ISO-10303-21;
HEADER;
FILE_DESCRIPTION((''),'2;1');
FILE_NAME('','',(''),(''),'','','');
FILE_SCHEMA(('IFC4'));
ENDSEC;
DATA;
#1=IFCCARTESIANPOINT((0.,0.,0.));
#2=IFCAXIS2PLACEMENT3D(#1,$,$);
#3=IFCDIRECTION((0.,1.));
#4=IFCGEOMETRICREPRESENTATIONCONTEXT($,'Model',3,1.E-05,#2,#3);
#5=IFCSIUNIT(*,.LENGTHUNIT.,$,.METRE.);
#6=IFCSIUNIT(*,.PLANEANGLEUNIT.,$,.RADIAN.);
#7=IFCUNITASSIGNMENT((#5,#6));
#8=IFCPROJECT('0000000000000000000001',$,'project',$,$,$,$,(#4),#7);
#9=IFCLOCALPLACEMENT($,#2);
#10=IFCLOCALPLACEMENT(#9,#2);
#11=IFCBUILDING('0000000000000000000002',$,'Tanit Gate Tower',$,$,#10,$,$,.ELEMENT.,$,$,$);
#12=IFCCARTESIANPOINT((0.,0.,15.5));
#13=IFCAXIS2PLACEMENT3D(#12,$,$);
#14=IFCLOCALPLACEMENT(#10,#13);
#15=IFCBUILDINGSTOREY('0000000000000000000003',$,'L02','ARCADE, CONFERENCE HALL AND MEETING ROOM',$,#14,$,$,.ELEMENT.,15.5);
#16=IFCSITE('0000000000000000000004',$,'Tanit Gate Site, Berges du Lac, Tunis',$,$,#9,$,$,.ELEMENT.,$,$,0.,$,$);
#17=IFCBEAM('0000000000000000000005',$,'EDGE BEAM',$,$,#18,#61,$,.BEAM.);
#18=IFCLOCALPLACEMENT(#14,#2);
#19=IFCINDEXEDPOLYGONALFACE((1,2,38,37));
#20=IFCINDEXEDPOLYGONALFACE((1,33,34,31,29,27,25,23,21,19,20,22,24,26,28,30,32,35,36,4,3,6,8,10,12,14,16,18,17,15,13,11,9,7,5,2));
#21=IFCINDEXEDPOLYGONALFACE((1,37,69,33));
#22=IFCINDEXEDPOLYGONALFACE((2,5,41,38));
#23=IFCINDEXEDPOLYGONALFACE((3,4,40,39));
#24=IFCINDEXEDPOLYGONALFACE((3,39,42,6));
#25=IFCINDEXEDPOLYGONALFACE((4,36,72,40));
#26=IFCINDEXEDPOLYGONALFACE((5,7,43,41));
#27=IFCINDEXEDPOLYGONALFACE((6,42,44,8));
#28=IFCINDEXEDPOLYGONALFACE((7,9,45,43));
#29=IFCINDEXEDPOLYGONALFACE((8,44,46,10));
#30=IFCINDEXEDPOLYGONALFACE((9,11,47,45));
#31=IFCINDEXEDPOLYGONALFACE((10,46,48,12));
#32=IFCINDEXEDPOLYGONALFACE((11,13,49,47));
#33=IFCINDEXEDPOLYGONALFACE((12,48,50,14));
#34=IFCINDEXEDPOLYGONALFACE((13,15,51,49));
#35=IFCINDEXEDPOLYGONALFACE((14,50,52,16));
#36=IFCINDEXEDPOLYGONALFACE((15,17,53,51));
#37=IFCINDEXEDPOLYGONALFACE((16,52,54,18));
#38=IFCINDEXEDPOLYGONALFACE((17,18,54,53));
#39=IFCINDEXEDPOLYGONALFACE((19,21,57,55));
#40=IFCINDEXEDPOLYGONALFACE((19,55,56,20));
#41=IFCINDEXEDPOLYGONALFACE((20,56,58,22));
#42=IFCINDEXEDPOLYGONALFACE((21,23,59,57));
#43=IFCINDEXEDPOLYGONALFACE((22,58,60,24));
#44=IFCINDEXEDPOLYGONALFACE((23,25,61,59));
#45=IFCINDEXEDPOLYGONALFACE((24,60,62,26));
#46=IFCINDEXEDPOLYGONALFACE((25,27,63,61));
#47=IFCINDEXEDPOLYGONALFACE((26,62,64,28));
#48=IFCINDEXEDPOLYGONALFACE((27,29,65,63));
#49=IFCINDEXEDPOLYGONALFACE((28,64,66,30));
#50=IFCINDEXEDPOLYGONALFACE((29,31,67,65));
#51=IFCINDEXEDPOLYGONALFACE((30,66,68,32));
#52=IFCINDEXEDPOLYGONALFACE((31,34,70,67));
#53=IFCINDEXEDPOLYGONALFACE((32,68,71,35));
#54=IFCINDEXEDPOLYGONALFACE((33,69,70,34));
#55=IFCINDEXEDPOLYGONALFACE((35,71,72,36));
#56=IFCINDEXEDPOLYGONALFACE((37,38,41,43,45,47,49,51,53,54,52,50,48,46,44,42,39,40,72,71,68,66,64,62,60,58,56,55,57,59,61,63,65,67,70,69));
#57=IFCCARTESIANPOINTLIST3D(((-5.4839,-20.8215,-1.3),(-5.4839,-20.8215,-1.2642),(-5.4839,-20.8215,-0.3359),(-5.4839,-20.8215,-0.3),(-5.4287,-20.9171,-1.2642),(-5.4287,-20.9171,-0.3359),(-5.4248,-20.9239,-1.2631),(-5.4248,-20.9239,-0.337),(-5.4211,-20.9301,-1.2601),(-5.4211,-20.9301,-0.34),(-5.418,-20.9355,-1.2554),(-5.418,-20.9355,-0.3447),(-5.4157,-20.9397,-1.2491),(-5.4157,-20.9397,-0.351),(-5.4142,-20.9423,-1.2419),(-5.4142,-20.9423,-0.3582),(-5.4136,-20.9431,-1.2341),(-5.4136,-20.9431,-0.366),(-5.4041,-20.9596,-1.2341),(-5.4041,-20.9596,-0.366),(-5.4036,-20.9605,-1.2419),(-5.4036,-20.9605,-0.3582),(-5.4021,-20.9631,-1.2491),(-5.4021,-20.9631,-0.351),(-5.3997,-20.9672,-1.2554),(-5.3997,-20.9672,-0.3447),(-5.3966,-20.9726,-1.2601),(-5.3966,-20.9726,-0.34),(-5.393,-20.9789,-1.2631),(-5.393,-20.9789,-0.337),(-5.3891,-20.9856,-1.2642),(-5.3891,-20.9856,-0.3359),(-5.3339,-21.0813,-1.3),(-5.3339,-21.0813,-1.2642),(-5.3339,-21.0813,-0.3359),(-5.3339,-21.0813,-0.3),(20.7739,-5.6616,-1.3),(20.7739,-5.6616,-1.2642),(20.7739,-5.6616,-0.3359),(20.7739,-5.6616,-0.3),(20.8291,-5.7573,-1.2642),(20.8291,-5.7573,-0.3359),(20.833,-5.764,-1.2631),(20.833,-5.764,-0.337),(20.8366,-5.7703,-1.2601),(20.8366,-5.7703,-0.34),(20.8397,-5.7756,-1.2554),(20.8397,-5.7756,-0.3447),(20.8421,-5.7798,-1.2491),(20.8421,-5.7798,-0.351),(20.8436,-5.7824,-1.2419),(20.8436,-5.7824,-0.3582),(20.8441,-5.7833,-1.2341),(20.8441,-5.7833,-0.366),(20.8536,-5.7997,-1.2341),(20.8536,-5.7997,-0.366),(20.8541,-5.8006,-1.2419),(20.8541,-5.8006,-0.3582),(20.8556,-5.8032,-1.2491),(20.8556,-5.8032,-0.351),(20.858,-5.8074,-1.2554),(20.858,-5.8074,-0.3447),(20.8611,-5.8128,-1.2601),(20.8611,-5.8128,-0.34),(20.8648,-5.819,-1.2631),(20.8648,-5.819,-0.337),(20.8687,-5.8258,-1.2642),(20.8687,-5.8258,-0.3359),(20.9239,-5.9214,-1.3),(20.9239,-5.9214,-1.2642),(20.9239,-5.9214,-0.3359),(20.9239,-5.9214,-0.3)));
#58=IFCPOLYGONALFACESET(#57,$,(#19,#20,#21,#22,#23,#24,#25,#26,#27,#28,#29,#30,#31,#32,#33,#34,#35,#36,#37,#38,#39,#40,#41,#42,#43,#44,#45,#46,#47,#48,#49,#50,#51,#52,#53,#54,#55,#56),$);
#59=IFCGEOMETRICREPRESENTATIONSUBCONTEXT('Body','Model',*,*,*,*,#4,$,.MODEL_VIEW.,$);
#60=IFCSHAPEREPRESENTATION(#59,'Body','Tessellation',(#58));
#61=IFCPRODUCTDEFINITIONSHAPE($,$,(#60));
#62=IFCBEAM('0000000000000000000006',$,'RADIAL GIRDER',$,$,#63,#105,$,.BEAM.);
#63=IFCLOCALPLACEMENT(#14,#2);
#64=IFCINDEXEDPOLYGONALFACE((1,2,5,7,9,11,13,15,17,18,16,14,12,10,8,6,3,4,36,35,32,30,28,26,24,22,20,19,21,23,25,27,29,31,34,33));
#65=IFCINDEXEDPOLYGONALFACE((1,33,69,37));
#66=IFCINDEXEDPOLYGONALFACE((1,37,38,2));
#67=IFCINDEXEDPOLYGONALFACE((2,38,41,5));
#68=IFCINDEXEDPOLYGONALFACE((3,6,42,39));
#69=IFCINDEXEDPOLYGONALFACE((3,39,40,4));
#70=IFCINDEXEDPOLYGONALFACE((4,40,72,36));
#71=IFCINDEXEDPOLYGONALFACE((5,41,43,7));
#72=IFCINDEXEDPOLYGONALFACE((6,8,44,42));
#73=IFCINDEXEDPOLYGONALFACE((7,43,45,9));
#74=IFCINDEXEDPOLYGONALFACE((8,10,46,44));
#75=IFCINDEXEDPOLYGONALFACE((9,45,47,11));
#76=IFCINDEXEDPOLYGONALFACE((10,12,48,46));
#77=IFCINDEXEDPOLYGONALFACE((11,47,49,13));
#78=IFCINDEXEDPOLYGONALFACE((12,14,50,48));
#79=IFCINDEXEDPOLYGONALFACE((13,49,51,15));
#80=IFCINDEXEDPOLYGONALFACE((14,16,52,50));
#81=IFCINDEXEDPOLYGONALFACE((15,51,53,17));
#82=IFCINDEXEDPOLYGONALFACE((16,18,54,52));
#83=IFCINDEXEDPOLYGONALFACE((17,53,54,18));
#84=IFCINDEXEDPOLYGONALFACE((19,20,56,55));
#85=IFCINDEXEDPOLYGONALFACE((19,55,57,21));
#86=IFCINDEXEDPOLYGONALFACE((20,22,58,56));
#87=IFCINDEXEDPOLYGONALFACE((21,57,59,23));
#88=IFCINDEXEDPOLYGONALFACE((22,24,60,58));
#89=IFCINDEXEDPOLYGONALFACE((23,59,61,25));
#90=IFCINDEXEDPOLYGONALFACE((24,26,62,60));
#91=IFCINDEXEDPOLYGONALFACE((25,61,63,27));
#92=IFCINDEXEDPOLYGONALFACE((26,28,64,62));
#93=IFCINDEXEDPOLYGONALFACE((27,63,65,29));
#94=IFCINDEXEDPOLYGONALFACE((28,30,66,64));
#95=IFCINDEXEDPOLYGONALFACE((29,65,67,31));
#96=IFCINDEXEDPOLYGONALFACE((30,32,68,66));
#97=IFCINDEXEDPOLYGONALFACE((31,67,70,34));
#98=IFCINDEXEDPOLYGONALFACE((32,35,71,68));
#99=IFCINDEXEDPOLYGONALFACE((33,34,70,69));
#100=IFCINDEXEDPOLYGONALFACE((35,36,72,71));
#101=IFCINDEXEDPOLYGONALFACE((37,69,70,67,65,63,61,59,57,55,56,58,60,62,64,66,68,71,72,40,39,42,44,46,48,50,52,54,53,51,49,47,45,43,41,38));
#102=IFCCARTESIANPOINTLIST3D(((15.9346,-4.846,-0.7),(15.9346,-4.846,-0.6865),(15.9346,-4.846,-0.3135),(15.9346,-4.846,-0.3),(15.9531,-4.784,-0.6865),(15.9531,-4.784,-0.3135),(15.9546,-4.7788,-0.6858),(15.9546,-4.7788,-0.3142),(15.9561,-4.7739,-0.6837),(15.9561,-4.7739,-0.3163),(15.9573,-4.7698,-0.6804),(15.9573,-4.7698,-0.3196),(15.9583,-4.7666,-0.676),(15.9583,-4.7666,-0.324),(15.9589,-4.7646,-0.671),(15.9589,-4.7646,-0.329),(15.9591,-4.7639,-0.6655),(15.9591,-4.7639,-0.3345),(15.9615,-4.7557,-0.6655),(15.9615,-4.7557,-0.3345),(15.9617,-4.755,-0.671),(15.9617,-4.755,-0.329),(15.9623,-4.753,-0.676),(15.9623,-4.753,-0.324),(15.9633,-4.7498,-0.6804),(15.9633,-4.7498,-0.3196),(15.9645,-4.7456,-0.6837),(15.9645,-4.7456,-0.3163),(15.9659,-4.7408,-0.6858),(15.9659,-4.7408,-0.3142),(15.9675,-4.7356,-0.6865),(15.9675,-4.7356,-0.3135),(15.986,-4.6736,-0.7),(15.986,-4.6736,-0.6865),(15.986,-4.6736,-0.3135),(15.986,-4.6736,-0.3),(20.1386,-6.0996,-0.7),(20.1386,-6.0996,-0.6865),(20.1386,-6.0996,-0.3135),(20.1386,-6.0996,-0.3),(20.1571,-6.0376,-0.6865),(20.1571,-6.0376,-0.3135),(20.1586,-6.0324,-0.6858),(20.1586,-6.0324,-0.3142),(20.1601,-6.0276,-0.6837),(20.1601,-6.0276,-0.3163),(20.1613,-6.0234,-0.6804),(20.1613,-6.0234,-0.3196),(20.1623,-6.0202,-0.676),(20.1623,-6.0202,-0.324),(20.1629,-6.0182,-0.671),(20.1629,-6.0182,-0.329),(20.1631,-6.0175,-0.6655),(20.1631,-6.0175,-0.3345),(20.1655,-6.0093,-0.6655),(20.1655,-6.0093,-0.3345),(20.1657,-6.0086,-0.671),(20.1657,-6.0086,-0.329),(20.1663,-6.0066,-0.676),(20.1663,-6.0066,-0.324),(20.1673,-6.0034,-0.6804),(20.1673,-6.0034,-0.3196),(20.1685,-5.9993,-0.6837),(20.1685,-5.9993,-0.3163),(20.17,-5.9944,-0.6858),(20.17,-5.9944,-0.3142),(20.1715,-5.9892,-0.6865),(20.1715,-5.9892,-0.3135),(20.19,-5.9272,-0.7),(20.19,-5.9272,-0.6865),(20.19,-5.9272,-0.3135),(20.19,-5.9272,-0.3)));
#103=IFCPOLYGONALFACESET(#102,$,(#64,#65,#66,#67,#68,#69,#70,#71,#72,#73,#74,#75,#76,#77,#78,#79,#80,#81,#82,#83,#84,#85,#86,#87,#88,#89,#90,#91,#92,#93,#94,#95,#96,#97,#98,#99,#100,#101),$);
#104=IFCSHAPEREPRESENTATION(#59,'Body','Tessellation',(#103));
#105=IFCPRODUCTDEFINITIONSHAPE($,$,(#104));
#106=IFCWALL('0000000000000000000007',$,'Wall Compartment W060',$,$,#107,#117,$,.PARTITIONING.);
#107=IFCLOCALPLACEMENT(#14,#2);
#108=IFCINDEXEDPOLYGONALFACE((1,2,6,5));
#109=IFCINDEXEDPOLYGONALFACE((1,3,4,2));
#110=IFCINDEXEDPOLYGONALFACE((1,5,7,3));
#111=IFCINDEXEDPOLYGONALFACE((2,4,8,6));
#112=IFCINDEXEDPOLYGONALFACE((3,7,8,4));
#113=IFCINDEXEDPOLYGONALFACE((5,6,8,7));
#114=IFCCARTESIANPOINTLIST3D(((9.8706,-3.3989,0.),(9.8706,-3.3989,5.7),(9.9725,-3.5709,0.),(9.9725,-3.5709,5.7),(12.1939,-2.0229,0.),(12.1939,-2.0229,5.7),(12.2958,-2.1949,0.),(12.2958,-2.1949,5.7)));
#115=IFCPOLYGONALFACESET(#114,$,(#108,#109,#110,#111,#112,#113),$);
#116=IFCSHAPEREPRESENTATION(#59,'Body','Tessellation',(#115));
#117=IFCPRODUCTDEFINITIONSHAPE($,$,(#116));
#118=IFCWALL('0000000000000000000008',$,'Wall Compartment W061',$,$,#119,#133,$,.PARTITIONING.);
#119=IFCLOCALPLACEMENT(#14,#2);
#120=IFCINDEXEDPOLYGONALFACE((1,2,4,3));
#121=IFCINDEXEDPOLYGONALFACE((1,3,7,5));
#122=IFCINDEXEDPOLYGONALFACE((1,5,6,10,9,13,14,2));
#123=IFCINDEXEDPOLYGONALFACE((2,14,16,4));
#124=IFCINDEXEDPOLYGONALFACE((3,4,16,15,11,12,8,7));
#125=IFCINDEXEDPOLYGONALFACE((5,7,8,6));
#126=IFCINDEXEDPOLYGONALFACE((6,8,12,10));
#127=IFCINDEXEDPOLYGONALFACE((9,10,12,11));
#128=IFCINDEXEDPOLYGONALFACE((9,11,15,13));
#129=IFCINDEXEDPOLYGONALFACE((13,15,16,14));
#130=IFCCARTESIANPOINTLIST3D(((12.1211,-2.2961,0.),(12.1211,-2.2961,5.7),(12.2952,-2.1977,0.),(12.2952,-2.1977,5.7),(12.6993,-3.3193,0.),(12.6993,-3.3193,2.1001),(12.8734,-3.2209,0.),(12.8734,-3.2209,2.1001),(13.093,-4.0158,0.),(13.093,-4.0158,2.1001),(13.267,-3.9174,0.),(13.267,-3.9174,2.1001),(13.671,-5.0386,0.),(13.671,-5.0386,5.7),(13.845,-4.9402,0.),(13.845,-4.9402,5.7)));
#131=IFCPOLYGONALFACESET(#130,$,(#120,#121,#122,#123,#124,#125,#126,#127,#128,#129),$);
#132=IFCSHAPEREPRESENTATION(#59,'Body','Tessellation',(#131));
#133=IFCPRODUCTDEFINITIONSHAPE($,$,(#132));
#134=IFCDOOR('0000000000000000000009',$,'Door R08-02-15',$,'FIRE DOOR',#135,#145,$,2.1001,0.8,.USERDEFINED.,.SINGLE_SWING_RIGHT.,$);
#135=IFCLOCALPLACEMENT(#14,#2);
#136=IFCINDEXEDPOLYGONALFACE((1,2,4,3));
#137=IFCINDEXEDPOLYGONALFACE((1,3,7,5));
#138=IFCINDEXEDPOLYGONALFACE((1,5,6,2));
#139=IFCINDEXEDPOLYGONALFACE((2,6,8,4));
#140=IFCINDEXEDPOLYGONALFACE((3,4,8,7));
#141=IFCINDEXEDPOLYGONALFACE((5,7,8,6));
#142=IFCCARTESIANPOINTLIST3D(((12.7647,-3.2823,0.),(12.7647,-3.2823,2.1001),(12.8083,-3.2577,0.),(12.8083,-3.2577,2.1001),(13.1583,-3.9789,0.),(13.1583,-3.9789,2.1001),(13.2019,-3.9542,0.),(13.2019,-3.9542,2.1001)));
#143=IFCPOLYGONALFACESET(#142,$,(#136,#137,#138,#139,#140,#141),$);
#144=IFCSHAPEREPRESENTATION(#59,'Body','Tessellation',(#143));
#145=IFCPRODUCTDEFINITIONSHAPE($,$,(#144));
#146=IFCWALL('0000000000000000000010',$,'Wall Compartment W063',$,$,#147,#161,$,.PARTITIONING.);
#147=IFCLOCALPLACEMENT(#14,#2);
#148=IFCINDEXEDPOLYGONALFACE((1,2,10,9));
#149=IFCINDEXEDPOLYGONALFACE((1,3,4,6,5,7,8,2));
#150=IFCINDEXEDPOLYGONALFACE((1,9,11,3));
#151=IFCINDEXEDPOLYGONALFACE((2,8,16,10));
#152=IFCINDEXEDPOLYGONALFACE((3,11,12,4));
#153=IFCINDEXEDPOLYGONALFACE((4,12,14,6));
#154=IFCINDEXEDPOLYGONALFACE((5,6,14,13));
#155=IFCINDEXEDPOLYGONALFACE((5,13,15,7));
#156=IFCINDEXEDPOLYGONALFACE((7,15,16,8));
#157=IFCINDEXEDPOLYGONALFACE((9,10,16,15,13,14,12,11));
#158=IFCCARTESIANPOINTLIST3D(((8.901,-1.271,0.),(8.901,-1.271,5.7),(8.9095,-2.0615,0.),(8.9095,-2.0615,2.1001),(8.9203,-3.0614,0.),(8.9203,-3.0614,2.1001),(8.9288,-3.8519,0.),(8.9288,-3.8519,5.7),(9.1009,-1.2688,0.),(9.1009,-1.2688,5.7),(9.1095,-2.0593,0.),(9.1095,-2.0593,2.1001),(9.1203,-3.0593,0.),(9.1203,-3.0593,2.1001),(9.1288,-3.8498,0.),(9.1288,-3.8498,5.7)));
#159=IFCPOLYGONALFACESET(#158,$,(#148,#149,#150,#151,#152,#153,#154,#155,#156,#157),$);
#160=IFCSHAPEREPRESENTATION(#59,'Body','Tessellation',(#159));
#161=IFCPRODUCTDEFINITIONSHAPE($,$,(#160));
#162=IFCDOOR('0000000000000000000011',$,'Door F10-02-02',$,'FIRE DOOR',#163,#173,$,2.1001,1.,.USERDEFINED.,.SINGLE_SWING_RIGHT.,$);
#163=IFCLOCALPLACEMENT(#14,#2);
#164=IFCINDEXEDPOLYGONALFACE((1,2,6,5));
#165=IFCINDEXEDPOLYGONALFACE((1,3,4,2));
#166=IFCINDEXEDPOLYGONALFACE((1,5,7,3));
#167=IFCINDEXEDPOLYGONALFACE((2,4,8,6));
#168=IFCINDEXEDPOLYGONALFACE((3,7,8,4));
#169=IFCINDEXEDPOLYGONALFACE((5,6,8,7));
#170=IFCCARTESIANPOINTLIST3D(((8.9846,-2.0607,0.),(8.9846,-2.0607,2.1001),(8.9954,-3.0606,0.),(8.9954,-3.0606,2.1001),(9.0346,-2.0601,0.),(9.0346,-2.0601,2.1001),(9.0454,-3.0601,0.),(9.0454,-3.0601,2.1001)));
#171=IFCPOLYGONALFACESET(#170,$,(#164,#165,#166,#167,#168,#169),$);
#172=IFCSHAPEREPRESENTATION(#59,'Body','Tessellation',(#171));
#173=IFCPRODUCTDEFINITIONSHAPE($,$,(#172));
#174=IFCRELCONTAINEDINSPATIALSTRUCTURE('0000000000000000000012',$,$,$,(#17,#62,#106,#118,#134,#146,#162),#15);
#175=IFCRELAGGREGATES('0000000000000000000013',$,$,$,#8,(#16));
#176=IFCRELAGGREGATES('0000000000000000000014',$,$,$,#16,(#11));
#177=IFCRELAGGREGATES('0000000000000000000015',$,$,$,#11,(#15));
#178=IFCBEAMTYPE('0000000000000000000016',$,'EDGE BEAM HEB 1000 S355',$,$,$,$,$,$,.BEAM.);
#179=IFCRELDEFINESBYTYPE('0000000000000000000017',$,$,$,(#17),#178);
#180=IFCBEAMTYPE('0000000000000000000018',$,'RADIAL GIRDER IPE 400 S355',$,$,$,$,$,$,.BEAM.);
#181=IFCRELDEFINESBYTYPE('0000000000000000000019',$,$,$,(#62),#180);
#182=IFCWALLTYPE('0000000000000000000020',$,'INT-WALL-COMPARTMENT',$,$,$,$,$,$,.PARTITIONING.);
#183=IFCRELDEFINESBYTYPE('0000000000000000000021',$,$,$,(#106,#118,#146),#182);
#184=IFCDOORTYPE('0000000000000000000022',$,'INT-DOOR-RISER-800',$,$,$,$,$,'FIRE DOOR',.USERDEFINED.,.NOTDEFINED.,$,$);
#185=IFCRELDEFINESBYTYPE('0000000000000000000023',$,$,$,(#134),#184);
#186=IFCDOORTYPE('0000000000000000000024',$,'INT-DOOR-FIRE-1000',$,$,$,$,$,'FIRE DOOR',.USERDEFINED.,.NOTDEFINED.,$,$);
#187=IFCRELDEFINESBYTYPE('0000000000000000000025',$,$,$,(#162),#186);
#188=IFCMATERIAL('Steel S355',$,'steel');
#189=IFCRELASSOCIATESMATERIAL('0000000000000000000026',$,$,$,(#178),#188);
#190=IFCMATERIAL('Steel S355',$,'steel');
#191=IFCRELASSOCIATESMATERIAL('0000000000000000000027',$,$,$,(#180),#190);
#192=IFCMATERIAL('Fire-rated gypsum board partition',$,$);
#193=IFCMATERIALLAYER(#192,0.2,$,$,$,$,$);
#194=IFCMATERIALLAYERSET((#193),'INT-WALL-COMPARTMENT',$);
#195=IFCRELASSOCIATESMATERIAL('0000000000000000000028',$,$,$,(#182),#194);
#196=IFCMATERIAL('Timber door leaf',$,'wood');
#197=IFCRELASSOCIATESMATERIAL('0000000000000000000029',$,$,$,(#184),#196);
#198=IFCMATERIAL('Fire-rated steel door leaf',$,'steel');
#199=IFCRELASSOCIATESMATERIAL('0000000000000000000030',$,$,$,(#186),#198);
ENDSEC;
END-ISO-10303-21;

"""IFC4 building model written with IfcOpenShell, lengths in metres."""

from ifc_helpers import new_model, si_unit, direction, frame, frame_2d, origin, origin_2d, place, context, subcontext, project, spatial, rectangle, i_section, extrude, material, layer, layer_set, material_profile, profile_set, type_object, element, fill, save


model = new_model("IFC4")

# Units and contexts
model_context = context("Model", 3, precision=1e-05, world=origin(), true_north=direction((0.0, 1.0)))
body_context = subcontext(model_context, "Body", "Model", "MODEL_VIEW")
ifc_project = project(units=[si_unit("LENGTHUNIT", "METRE"), si_unit("PLANEANGLEUNIT", "RADIAN")], contexts=[model_context])

# Site, building, storey
site_placement = place(None, origin())
site = spatial("IfcSite", under=ifc_project, at=site_placement, Name="Tanit Gate Site, Berges du Lac, Tunis", CompositionType="ELEMENT", RefElevation=0.0)
building_placement = place(site_placement, origin())
building = spatial("IfcBuilding", under=site, at=building_placement, Name="Tanit Gate Tower", CompositionType="ELEMENT")
storey_placement = place(building_placement, frame((0.0, 0.0, 15.5)))
storey = spatial("IfcBuildingStorey", under=building, at=storey_placement, Name="L02", Description="ARCADE, CONFERENCE HALL AND MEETING ROOM", CompositionType="ELEMENT", Elevation=15.5)

# Beams
ifc_material_1 = material(Name="Steel S355", Category="steel")
ifc_material_profile_1 = material_profile(ifc_material_1, i_section(OverallWidth=0.3, OverallDepth=1.0, WebThickness=0.019, FlangeThickness=0.0359, FilletRadius=0.03, at=origin_2d()), Name="HEB 1000")
ifc_profile_set_1 = profile_set([ifc_material_profile_1], Name="Steel S355")
beam_type_1 = type_object("IfcBeamType", Name="EDGE BEAM HEB 1000 S355", PredefinedType="BEAM", material=ifc_profile_set_1)
beam_1_placement = place(storey_placement, frame((20.8489, -5.7915, -0.8), z_axis=(-0.866026, -0.499999, 0.0), x_axis=(0.499999, -0.866026, 0.0)))
element("IfcBeam", 1, at=beam_1_placement, inside=storey, type_object=beam_type_1, Name="EDGE BEAM", PredefinedType="BEAM", context=body_context, shape_type="SweptSolid", body=[
    extrude(i_section(OverallWidth=0.3, OverallDepth=1.0, WebThickness=0.019, FlangeThickness=0.0359, FilletRadius=0.03, at=origin_2d()), origin(), (0.0, 0.0, 1.0), 30.3198),
])
ifc_material_2 = material(Name="Steel S355", Category="steel")
ifc_material_profile_2 = material_profile(ifc_material_2, i_section(OverallWidth=0.1799, OverallDepth=0.3999, WebThickness=0.0085, FlangeThickness=0.0134, FilletRadius=0.021, at=origin_2d()), Name="IPE 400")
ifc_profile_set_2 = profile_set([ifc_material_profile_2], Name="Steel S355")
beam_type_2 = type_object("IfcBeamType", Name="RADIAL GIRDER IPE 400 S355", PredefinedType="BEAM", material=ifc_profile_set_2)
beam_2_placement = place(storey_placement, frame((20.1643, -6.0134, -0.5), z_axis=(-0.9583, 0.285765, 0.0), x_axis=(-0.285765, -0.9583, 0.0)))
element("IfcBeam", 2, at=beam_2_placement, inside=storey, type_object=beam_type_2, Name="RADIAL GIRDER", PredefinedType="BEAM", context=body_context, shape_type="SweptSolid", body=[
    extrude(i_section(OverallWidth=0.1799, OverallDepth=0.3999, WebThickness=0.0085, FlangeThickness=0.0134, FilletRadius=0.021, at=origin_2d()), origin(), (0.0, 0.0, 1.0), 4.387),
])

# Wall
ifc_material_3 = material(Name="Fire-rated gypsum board partition")
ifc_layer_1 = layer(ifc_material_3, 0.2)
ifc_layer_set_1 = layer_set([ifc_layer_1], Name="INT-WALL-COMPARTMENT")
wall_type_1 = type_object("IfcWallType", Name="INT-WALL-COMPARTMENT", PredefinedType="PARTITIONING", material=ifc_layer_set_1)
wall_1_placement = place(storey_placement, frame((12.2449, -2.1089, 0.0), z_axis=(0.0, 0.0, 1.0), x_axis=(-0.860415, -0.509594, 0.0)))
element("IfcWall", 3, at=wall_1_placement, inside=storey, type_object=wall_type_1, Name="Wall Compartment W060", PredefinedType="PARTITIONING", context=body_context, shape_type="SweptSolid", body=[
    extrude(rectangle(XDim=2.7002, YDim=0.2, at=frame_2d((1.3501, 0.0))), origin(), (0.0, 0.0, 1.0), 5.7),
])

# Walls, openings, doors
wall_2_placement = place(storey_placement, frame((13.7581, -4.9895, 0.0), z_axis=(0.0, 0.0, 1.0), x_axis=(-0.491993, 0.870599, 0.0)))
wall_2 = element("IfcWall", 4, at=wall_2_placement, inside=storey, type_object=wall_type_1, Name="Wall Compartment W061", PredefinedType="PARTITIONING", context=body_context, shape_type="SweptSolid", body=[
    extrude(rectangle(XDim=3.1501, YDim=0.2, at=frame_2d((1.5752, 0.0))), origin(), (0.0, 0.0, 1.0), 5.7),
])
opening_1_placement = place(wall_2_placement, frame((1.175, 0.0, 0.0)))
opening_1 = element("IfcOpeningElement", 5, at=opening_1_placement, cuts=wall_2, PredefinedType="OPENING", context=body_context, shape_type="SweptSolid", body=[
    extrude(rectangle(XDim=0.8, YDim=2.1001, at=frame_2d((0.3999, 1.05))), frame((0.0, 0.1099, 0.0), z_axis=(0.0, -1.0, 0.0), x_axis=(1.0, 0.0, 0.0)), (0.0, 0.0, 1.0), 0.22),
])
ifc_material_4 = material(Name="Timber door leaf", Category="wood")
door_type_1 = type_object("IfcDoorType", Name="INT-DOOR-RISER-800", ElementType="FIRE DOOR", OperationType="NOTDEFINED", PredefinedType="USERDEFINED", material=ifc_material_4)
door_1_placement = place(opening_1_placement, origin())
door_1 = element("IfcDoor", 6, at=door_1_placement, inside=storey, type_object=door_type_1, Name="Door R08-02-15", ObjectType="FIRE DOOR", OperationType="SINGLE_SWING_RIGHT", OverallHeight=2.1001, OverallWidth=0.8, PredefinedType="USERDEFINED", context=body_context, shape_type="SweptSolid", body=[
    extrude(rectangle(XDim=0.8, YDim=2.1001, at=frame_2d((0.3999, 1.05))), frame((0.0, 0.0249, 0.0), z_axis=(0.0, -1.0, 0.0), x_axis=(1.0, 0.0, 0.0)), (0.0, 0.0, 1.0), 0.05),
])
fill(opening_1, door_1)
wall_3_placement = place(storey_placement, frame((9.0288, -3.8508, 0.0), z_axis=(0.0, 0.0, 1.0), x_axis=(-0.010784, 0.999942, 0.0)))
wall_3 = element("IfcWall", 7, at=wall_3_placement, inside=storey, type_object=wall_type_1, Name="Wall Compartment W063", PredefinedType="PARTITIONING", context=body_context, shape_type="SweptSolid", body=[
    extrude(rectangle(XDim=2.5811, YDim=0.2, at=frame_2d((1.2905, 0.0))), origin(), (0.0, 0.0, 1.0), 5.7),
])
opening_2_placement = place(wall_3_placement, frame((0.7905, 0.0, 0.0)))
opening_2 = element("IfcOpeningElement", 8, at=opening_2_placement, cuts=wall_3, PredefinedType="OPENING", context=body_context, shape_type="SweptSolid", body=[
    extrude(rectangle(XDim=1.0, YDim=2.1001, at=frame_2d((0.5, 1.05))), frame((0.0, 0.1099, 0.0), z_axis=(0.0, -1.0, 0.0), x_axis=(1.0, 0.0, 0.0)), (0.0, 0.0, 1.0), 0.22),
])
ifc_material_5 = material(Name="Fire-rated steel door leaf", Category="steel")
door_type_2 = type_object("IfcDoorType", Name="INT-DOOR-FIRE-1000", ElementType="FIRE DOOR", OperationType="NOTDEFINED", PredefinedType="USERDEFINED", material=ifc_material_5)
door_2_placement = place(opening_2_placement, origin())
door_2 = element("IfcDoor", 9, at=door_2_placement, inside=storey, type_object=door_type_2, Name="Door F10-02-02", ObjectType="FIRE DOOR", OperationType="SINGLE_SWING_RIGHT", OverallHeight=2.1001, OverallWidth=1.0, PredefinedType="USERDEFINED", context=body_context, shape_type="SweptSolid", body=[
    extrude(rectangle(XDim=1.0, YDim=2.1001, at=frame_2d((0.5, 1.05))), frame((0.0, 0.0249, 0.0), z_axis=(0.0, -1.0, 0.0), x_axis=(1.0, 0.0, 0.0)), (0.0, 0.0, 1.0), 0.05),
])
fill(opening_2, door_2)

save(model, "model.ifc")
